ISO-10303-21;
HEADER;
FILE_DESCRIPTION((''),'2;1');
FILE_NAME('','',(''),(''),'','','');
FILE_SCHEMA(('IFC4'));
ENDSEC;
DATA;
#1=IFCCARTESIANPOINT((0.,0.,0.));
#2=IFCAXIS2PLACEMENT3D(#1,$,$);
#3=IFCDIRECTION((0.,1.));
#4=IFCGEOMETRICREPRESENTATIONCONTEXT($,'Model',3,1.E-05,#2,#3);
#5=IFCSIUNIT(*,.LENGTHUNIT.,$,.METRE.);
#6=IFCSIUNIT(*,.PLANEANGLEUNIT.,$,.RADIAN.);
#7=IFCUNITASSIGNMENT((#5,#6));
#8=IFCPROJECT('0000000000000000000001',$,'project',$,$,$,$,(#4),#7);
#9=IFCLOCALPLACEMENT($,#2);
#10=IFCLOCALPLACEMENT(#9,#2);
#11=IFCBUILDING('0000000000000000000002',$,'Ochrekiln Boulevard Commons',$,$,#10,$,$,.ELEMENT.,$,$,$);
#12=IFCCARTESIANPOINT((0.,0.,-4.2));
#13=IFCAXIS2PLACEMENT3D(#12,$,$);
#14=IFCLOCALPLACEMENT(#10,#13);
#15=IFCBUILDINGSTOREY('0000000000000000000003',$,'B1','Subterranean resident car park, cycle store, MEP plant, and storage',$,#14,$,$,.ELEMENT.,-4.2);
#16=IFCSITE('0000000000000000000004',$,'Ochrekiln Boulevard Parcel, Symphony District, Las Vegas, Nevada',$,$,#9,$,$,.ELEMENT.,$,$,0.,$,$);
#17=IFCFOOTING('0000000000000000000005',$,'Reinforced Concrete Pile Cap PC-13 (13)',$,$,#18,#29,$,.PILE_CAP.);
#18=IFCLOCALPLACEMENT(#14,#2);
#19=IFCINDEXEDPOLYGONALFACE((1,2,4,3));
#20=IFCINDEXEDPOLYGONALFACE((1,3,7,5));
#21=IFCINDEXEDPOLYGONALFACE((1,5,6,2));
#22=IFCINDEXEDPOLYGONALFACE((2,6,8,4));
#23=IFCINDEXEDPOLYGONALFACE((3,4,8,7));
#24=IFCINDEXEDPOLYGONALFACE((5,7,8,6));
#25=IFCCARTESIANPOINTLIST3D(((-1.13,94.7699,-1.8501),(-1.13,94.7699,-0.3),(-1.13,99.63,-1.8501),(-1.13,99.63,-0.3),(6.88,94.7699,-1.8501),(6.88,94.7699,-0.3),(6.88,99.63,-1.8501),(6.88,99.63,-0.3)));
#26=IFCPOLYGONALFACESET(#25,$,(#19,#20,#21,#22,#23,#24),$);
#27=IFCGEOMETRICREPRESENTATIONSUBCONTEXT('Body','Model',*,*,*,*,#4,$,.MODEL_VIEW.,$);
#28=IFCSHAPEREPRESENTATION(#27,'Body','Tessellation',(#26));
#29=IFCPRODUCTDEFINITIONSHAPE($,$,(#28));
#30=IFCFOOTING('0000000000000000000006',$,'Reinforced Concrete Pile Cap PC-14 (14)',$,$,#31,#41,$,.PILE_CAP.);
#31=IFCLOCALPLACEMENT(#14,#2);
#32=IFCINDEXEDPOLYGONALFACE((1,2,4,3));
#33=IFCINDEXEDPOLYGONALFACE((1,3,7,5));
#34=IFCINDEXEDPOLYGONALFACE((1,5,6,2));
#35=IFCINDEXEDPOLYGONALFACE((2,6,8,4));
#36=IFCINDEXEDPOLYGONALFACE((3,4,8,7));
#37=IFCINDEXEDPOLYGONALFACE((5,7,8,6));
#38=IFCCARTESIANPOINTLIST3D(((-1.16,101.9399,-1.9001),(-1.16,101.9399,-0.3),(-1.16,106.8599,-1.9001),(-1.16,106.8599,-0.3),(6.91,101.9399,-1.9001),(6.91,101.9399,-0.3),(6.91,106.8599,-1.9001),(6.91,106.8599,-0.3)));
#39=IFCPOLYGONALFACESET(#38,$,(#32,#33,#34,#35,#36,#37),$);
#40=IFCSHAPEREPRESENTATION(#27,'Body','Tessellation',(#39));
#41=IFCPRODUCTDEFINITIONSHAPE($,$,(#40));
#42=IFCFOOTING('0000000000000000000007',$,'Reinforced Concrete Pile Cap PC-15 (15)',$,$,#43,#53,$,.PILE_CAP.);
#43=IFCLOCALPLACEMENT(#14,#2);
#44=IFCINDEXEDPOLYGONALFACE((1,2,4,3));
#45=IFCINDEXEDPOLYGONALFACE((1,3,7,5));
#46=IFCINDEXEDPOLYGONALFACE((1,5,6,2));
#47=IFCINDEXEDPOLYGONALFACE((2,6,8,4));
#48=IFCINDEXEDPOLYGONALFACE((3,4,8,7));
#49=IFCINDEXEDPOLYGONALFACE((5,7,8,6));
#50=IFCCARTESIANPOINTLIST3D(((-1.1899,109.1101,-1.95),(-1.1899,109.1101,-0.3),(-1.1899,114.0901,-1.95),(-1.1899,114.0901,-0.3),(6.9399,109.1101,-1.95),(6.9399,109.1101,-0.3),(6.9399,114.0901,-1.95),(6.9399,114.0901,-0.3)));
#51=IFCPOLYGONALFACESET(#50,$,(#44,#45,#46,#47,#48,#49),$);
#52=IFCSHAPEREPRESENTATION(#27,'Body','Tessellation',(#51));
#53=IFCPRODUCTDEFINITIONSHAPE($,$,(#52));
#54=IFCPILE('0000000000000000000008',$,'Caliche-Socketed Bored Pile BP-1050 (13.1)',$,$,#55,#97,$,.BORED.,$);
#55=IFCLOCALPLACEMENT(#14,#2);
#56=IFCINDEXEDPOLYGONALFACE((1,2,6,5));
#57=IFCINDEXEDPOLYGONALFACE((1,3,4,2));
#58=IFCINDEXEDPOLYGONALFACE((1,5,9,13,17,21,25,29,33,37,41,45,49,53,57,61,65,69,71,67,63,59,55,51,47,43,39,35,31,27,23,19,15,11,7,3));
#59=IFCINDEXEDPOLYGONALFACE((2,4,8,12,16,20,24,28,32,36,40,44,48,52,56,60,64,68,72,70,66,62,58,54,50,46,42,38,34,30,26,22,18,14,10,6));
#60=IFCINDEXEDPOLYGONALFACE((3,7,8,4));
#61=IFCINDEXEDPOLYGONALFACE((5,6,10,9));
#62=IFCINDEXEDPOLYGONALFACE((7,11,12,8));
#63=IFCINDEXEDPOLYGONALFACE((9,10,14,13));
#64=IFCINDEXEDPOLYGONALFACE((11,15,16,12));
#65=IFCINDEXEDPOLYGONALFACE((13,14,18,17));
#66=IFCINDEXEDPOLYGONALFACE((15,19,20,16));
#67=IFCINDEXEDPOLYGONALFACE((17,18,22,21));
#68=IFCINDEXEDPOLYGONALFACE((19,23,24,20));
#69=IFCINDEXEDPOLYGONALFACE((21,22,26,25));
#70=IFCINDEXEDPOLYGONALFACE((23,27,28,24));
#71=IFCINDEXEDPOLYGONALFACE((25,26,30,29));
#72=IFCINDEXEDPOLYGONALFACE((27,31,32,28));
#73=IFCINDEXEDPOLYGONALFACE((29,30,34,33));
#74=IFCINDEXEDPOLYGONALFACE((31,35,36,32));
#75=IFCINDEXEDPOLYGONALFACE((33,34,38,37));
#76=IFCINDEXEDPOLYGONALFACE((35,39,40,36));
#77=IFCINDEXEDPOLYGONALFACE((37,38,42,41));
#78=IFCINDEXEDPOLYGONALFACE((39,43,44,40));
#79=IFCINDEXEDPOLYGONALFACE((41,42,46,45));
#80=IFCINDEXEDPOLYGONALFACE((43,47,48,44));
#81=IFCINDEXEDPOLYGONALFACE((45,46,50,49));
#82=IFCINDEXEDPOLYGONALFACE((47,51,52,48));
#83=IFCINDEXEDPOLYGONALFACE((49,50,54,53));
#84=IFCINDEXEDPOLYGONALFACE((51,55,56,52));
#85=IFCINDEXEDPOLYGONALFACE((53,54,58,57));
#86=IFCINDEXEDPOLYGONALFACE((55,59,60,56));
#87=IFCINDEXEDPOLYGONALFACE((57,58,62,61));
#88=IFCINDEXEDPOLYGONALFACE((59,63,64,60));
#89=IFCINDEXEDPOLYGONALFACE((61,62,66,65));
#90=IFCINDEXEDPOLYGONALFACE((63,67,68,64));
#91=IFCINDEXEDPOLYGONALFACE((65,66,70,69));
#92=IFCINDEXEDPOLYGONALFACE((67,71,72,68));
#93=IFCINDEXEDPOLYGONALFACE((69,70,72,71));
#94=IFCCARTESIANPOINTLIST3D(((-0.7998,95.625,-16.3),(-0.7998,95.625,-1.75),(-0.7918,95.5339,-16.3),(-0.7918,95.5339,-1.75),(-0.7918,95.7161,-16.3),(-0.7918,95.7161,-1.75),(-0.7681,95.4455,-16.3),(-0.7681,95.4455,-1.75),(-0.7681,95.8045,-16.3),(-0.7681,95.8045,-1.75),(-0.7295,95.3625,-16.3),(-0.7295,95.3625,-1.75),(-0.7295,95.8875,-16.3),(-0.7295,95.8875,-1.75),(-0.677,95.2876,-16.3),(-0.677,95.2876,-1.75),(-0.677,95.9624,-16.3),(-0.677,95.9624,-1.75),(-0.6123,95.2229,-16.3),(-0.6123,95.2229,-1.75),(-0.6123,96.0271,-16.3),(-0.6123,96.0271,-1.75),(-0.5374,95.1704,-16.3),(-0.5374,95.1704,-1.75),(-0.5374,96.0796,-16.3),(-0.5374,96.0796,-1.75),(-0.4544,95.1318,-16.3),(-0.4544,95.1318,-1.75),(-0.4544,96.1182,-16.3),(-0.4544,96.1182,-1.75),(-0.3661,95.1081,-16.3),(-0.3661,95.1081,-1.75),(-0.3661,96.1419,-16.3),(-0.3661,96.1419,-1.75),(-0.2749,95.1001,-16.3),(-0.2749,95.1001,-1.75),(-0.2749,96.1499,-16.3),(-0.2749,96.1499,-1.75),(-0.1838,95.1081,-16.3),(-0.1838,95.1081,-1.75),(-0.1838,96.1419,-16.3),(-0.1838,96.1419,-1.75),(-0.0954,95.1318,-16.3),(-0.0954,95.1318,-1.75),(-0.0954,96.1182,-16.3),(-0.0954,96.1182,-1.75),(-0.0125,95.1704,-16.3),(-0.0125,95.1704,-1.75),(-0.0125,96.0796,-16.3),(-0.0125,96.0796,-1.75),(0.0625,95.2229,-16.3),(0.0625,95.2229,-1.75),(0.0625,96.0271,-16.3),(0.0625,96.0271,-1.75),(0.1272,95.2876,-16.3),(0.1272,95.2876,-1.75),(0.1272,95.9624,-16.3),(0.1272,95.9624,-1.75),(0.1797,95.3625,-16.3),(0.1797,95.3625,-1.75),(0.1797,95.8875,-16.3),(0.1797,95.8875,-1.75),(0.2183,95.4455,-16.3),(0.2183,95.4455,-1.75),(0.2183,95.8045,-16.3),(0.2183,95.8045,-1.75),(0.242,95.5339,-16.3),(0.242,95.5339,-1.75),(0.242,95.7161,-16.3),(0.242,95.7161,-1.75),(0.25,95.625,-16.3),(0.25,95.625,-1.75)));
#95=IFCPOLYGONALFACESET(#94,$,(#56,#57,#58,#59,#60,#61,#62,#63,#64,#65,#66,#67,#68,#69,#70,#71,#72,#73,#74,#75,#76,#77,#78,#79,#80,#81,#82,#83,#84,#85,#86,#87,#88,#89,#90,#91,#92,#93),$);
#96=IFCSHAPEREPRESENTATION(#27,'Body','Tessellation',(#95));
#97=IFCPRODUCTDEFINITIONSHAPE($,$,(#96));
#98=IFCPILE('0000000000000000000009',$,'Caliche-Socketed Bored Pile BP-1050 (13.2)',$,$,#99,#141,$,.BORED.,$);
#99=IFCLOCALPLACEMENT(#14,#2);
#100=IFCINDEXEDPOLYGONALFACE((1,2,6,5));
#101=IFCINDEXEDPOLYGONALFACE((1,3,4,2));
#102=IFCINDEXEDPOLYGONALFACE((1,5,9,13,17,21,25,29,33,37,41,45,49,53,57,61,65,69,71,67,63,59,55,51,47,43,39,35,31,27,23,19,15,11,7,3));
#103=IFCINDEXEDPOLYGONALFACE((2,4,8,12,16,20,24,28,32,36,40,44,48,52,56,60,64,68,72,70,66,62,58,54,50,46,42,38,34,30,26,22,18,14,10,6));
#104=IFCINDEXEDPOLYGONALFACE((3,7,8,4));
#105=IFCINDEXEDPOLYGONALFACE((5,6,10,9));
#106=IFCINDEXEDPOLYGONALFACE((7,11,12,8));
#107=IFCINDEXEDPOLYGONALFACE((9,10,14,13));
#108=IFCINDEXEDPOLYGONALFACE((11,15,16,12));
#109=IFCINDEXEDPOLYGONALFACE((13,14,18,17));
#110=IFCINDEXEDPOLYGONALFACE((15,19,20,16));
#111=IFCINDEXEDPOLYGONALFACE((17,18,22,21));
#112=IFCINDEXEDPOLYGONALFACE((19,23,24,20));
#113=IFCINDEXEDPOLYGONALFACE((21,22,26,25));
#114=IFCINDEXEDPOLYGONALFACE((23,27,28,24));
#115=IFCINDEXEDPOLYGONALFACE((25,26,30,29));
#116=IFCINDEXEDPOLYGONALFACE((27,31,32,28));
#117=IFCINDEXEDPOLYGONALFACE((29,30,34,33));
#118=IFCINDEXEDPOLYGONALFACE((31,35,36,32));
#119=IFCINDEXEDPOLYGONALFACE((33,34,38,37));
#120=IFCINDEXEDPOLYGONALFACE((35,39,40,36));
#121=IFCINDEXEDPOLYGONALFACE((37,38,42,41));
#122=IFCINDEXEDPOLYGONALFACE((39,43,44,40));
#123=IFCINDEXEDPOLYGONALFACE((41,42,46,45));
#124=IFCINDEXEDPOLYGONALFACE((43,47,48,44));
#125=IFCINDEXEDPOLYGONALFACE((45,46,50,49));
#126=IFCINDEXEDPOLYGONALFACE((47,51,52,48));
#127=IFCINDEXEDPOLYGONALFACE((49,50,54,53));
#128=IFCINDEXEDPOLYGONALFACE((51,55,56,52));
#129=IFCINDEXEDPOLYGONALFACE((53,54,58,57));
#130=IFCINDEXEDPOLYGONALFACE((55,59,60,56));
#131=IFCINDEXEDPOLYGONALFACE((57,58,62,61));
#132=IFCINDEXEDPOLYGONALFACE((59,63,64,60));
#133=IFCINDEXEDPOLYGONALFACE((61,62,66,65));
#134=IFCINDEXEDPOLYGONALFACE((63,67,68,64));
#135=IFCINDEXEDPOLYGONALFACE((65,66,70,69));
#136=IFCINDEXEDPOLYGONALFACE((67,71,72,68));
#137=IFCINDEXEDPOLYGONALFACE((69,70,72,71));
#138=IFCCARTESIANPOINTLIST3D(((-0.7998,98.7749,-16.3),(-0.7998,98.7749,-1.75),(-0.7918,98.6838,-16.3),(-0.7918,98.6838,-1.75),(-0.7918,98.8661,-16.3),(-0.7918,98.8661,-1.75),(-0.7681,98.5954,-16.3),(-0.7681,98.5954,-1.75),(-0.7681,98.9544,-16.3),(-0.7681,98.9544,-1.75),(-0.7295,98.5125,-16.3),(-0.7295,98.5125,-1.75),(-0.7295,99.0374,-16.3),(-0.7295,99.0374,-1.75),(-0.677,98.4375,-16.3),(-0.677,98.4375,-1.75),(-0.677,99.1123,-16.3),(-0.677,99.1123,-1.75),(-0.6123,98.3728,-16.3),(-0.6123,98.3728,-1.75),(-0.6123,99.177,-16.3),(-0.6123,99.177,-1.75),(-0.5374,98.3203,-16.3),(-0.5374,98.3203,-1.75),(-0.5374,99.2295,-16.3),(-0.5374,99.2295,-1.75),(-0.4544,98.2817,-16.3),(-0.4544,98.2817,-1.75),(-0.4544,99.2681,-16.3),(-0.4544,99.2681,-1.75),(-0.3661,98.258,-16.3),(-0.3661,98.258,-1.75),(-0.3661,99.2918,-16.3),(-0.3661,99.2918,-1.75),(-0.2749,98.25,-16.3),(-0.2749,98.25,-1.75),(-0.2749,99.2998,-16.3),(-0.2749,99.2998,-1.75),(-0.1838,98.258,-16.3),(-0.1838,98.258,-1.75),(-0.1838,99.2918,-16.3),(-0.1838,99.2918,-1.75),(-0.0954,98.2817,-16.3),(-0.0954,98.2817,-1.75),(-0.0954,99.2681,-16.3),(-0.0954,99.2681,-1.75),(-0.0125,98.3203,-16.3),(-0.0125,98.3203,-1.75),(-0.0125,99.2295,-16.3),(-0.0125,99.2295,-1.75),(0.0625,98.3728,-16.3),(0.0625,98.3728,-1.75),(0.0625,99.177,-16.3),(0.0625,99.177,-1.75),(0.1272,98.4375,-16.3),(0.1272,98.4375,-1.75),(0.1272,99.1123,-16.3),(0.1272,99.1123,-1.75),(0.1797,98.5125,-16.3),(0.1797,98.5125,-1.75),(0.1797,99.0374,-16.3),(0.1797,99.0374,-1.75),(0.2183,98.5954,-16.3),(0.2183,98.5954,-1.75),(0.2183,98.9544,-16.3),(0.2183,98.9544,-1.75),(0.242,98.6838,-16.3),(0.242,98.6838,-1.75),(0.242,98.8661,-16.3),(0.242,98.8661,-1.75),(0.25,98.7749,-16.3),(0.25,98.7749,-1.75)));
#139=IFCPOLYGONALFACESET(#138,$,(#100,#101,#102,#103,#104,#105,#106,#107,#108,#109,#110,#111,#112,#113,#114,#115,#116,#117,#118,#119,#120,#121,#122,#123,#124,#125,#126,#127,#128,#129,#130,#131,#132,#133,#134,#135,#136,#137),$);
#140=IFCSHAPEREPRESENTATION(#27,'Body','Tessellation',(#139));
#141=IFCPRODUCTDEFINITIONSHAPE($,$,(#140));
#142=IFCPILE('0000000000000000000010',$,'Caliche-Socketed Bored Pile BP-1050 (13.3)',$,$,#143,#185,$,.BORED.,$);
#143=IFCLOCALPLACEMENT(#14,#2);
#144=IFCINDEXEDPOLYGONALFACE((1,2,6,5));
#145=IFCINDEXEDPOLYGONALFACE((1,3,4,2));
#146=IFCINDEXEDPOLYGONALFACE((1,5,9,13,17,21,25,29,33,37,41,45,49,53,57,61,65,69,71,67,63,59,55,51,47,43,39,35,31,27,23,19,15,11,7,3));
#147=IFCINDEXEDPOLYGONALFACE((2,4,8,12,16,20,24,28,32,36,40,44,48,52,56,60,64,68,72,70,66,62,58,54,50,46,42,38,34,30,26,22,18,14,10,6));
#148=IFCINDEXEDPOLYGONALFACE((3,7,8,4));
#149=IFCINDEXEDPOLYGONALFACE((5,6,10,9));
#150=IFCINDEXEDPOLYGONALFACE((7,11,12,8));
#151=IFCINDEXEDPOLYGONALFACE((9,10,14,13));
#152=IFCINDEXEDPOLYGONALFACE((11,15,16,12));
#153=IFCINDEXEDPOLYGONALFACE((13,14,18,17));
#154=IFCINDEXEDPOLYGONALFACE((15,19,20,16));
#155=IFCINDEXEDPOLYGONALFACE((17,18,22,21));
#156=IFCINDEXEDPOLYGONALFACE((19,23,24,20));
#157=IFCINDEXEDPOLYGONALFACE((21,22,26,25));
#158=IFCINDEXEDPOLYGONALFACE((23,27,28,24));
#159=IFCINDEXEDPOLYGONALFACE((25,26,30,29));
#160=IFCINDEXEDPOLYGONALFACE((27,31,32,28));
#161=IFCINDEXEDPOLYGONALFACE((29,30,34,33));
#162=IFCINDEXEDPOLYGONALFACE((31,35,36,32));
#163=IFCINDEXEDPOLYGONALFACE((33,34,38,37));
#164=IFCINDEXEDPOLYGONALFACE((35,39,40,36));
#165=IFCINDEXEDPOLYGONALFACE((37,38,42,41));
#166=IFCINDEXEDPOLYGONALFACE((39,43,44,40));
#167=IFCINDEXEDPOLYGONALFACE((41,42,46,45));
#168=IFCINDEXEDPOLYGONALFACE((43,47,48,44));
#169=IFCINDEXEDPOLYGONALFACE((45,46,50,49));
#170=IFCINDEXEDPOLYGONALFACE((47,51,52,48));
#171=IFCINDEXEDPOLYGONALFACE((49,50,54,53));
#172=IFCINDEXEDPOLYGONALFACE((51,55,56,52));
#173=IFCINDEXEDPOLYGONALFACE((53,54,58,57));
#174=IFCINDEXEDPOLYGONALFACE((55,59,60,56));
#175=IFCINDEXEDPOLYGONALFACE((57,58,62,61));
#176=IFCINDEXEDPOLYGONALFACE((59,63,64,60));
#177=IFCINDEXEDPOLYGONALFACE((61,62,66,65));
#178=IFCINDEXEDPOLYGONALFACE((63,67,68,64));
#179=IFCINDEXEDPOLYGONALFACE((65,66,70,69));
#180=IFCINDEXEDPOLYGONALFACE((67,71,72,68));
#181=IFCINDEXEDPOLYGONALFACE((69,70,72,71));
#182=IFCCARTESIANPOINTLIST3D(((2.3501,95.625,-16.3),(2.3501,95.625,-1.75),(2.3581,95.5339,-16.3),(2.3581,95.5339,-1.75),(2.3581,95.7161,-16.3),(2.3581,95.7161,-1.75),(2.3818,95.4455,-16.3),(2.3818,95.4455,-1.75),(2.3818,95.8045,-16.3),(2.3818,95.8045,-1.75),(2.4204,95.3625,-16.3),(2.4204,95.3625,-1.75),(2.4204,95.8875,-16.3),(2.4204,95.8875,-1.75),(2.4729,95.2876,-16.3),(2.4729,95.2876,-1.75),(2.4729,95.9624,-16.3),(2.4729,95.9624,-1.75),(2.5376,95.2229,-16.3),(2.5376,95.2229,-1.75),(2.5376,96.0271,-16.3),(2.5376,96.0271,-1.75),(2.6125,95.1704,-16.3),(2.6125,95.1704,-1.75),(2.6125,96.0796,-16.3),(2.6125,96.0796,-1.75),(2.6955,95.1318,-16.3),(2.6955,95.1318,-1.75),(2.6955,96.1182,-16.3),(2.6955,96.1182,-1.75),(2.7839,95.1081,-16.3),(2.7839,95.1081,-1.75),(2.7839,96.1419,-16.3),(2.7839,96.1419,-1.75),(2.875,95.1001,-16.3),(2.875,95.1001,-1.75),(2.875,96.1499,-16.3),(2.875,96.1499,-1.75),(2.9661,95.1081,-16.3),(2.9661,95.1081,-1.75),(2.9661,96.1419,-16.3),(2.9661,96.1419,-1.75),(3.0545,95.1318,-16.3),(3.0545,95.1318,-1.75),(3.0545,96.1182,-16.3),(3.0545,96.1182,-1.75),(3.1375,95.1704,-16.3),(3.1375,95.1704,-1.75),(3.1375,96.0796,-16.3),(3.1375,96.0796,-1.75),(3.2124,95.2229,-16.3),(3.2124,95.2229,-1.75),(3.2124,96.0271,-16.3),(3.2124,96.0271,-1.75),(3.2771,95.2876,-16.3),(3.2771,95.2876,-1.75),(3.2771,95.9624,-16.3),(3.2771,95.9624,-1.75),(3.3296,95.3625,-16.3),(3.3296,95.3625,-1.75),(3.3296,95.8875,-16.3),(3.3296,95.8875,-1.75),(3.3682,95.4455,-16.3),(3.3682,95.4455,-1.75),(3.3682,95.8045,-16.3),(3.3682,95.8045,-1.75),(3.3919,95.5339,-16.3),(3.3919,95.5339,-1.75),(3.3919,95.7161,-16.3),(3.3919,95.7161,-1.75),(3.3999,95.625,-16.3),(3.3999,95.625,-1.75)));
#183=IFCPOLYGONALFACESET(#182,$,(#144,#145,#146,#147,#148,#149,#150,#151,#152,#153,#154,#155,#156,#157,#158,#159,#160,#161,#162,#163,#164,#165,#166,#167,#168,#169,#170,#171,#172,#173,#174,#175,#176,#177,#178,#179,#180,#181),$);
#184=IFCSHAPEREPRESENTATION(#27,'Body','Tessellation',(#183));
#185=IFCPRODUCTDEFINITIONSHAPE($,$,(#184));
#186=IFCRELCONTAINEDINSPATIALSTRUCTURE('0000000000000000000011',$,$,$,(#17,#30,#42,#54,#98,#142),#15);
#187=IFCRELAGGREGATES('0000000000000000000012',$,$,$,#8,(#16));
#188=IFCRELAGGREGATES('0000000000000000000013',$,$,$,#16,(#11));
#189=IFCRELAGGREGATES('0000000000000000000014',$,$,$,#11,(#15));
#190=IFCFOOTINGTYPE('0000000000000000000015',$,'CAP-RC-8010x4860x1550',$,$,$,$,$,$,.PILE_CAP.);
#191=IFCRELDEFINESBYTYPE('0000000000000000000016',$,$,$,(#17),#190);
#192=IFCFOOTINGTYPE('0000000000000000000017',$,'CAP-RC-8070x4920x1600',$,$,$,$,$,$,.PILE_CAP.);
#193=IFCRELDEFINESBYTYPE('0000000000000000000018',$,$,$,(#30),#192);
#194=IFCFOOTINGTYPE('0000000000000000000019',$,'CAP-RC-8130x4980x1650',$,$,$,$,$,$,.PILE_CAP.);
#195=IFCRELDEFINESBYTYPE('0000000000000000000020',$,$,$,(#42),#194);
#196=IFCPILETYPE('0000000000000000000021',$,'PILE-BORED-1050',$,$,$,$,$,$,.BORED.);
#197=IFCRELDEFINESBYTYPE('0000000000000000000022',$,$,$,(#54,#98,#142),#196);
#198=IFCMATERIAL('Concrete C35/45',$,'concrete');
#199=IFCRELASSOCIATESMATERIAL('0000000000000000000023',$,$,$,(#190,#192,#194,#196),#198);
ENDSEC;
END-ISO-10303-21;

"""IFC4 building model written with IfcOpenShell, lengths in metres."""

from ifc_helpers import new_model, si_unit, direction, frame, origin, origin_2d, place, context, subcontext, project, spatial, rectangle, circle, extrude, material, material_profile, profile_set, type_object, element, save


model = new_model("IFC4")

# Units and contexts
model_context = context("Model", 3, precision=1e-05, world=origin(), true_north=direction((0.0, 1.0)))
body_context = subcontext(model_context, "Body", "Model", "MODEL_VIEW")
ifc_project = project(units=[si_unit("LENGTHUNIT", "METRE"), si_unit("PLANEANGLEUNIT", "RADIAN")], contexts=[model_context])

# Site, building, storey
site_placement = place(None, origin())
site = spatial("IfcSite", under=ifc_project, at=site_placement, Name="Ochrekiln Boulevard Parcel, Symphony District, Las Vegas, Nevada", CompositionType="ELEMENT", RefElevation=0.0)
building_placement = place(site_placement, origin())
building = spatial("IfcBuilding", under=site, at=building_placement, Name="Ochrekiln Boulevard Commons", CompositionType="ELEMENT")
storey_placement = place(building_placement, frame((0.0, 0.0, -4.2)))
storey = spatial("IfcBuildingStorey", under=building, at=storey_placement, Name="B1", Description="Subterranean resident car park, cycle store, MEP plant, and storage", CompositionType="ELEMENT", Elevation=-4.2)

# Footings
ifc_material_1 = material(Name="Concrete C35/45", Category="concrete")
footing_type_1 = type_object("IfcFootingType", Name="CAP-RC-8010x4860x1550", PredefinedType="PILE_CAP", material=ifc_material_1)
footing_1_placement = place(storey_placement, frame((2.875, 97.2, -1.8501), z_axis=(0.0, 0.0, 1.0), x_axis=(1.0, 0.0, 0.0)))
element("IfcFooting", 1, at=footing_1_placement, inside=storey, type_object=footing_type_1, Name="Reinforced Concrete Pile Cap PC-13 (13)", PredefinedType="PILE_CAP", context=body_context, shape_type="SweptSolid", body=[
    extrude(rectangle(XDim=8.01, YDim=4.8601, at=origin_2d()), origin(), (0.0, 0.0, 1.0), 1.55),
])
footing_type_2 = type_object("IfcFootingType", Name="CAP-RC-8070x4920x1600", PredefinedType="PILE_CAP", material=ifc_material_1)
footing_2_placement = place(storey_placement, frame((2.875, 104.3999, -1.9001), z_axis=(0.0, 0.0, 1.0), x_axis=(1.0, 0.0, 0.0)))
element("IfcFooting", 2, at=footing_2_placement, inside=storey, type_object=footing_type_2, Name="Reinforced Concrete Pile Cap PC-14 (14)", PredefinedType="PILE_CAP", context=body_context, shape_type="SweptSolid", body=[
    extrude(rectangle(XDim=8.0701, YDim=4.9199, at=origin_2d()), origin(), (0.0, 0.0, 1.0), 1.6001),
])
footing_type_3 = type_object("IfcFootingType", Name="CAP-RC-8130x4980x1650", PredefinedType="PILE_CAP", material=ifc_material_1)
footing_3_placement = place(storey_placement, frame((2.875, 111.6001, -1.95), z_axis=(0.0, 0.0, 1.0), x_axis=(1.0, 0.0, 0.0)))
element("IfcFooting", 3, at=footing_3_placement, inside=storey, type_object=footing_type_3, Name="Reinforced Concrete Pile Cap PC-15 (15)", PredefinedType="PILE_CAP", context=body_context, shape_type="SweptSolid", body=[
    extrude(rectangle(XDim=8.1299, YDim=4.98, at=origin_2d()), origin(), (0.0, 0.0, 1.0), 1.6499),
])

# Piles
ifc_material_profile_1 = material_profile(ifc_material_1, circle(Radius=0.5249, at=origin_2d()), Name="PILE-D1050")
ifc_profile_set_1 = profile_set([ifc_material_profile_1], Name="Concrete C35/45")
pile_type = type_object("IfcPileType", Name="PILE-BORED-1050", PredefinedType="BORED", material=ifc_profile_set_1)
for number, where, z_axis, x_axis, name in (
    (4, (-0.2749, 95.625, -1.75), (0.0, 0.0, -1.0), (1.0, 0.0, 0.0), "Caliche-Socketed Bored Pile BP-1050 (13.1)"),
    (5, (-0.2749, 98.7749, -1.75), (0.0, 0.0, -1.0), (1.0, 0.0, 0.0), "Caliche-Socketed Bored Pile BP-1050 (13.2)"),
    (6, (2.875, 95.625, -1.75), (0.0, 0.0, -1.0), (1.0, 0.0, 0.0), "Caliche-Socketed Bored Pile BP-1050 (13.3)"),
):
    element("IfcPile", number, at=place(storey_placement, frame(where, z_axis=z_axis, x_axis=x_axis)), inside=storey, type_object=pile_type, Name=name, PredefinedType="BORED", context=body_context, shape_type="SweptSolid", body=[
        extrude(circle(Radius=0.5249, at=origin_2d()), origin(), (0.0, 0.0, 1.0), 14.55),
    ])

save(model, "model.ifc")
